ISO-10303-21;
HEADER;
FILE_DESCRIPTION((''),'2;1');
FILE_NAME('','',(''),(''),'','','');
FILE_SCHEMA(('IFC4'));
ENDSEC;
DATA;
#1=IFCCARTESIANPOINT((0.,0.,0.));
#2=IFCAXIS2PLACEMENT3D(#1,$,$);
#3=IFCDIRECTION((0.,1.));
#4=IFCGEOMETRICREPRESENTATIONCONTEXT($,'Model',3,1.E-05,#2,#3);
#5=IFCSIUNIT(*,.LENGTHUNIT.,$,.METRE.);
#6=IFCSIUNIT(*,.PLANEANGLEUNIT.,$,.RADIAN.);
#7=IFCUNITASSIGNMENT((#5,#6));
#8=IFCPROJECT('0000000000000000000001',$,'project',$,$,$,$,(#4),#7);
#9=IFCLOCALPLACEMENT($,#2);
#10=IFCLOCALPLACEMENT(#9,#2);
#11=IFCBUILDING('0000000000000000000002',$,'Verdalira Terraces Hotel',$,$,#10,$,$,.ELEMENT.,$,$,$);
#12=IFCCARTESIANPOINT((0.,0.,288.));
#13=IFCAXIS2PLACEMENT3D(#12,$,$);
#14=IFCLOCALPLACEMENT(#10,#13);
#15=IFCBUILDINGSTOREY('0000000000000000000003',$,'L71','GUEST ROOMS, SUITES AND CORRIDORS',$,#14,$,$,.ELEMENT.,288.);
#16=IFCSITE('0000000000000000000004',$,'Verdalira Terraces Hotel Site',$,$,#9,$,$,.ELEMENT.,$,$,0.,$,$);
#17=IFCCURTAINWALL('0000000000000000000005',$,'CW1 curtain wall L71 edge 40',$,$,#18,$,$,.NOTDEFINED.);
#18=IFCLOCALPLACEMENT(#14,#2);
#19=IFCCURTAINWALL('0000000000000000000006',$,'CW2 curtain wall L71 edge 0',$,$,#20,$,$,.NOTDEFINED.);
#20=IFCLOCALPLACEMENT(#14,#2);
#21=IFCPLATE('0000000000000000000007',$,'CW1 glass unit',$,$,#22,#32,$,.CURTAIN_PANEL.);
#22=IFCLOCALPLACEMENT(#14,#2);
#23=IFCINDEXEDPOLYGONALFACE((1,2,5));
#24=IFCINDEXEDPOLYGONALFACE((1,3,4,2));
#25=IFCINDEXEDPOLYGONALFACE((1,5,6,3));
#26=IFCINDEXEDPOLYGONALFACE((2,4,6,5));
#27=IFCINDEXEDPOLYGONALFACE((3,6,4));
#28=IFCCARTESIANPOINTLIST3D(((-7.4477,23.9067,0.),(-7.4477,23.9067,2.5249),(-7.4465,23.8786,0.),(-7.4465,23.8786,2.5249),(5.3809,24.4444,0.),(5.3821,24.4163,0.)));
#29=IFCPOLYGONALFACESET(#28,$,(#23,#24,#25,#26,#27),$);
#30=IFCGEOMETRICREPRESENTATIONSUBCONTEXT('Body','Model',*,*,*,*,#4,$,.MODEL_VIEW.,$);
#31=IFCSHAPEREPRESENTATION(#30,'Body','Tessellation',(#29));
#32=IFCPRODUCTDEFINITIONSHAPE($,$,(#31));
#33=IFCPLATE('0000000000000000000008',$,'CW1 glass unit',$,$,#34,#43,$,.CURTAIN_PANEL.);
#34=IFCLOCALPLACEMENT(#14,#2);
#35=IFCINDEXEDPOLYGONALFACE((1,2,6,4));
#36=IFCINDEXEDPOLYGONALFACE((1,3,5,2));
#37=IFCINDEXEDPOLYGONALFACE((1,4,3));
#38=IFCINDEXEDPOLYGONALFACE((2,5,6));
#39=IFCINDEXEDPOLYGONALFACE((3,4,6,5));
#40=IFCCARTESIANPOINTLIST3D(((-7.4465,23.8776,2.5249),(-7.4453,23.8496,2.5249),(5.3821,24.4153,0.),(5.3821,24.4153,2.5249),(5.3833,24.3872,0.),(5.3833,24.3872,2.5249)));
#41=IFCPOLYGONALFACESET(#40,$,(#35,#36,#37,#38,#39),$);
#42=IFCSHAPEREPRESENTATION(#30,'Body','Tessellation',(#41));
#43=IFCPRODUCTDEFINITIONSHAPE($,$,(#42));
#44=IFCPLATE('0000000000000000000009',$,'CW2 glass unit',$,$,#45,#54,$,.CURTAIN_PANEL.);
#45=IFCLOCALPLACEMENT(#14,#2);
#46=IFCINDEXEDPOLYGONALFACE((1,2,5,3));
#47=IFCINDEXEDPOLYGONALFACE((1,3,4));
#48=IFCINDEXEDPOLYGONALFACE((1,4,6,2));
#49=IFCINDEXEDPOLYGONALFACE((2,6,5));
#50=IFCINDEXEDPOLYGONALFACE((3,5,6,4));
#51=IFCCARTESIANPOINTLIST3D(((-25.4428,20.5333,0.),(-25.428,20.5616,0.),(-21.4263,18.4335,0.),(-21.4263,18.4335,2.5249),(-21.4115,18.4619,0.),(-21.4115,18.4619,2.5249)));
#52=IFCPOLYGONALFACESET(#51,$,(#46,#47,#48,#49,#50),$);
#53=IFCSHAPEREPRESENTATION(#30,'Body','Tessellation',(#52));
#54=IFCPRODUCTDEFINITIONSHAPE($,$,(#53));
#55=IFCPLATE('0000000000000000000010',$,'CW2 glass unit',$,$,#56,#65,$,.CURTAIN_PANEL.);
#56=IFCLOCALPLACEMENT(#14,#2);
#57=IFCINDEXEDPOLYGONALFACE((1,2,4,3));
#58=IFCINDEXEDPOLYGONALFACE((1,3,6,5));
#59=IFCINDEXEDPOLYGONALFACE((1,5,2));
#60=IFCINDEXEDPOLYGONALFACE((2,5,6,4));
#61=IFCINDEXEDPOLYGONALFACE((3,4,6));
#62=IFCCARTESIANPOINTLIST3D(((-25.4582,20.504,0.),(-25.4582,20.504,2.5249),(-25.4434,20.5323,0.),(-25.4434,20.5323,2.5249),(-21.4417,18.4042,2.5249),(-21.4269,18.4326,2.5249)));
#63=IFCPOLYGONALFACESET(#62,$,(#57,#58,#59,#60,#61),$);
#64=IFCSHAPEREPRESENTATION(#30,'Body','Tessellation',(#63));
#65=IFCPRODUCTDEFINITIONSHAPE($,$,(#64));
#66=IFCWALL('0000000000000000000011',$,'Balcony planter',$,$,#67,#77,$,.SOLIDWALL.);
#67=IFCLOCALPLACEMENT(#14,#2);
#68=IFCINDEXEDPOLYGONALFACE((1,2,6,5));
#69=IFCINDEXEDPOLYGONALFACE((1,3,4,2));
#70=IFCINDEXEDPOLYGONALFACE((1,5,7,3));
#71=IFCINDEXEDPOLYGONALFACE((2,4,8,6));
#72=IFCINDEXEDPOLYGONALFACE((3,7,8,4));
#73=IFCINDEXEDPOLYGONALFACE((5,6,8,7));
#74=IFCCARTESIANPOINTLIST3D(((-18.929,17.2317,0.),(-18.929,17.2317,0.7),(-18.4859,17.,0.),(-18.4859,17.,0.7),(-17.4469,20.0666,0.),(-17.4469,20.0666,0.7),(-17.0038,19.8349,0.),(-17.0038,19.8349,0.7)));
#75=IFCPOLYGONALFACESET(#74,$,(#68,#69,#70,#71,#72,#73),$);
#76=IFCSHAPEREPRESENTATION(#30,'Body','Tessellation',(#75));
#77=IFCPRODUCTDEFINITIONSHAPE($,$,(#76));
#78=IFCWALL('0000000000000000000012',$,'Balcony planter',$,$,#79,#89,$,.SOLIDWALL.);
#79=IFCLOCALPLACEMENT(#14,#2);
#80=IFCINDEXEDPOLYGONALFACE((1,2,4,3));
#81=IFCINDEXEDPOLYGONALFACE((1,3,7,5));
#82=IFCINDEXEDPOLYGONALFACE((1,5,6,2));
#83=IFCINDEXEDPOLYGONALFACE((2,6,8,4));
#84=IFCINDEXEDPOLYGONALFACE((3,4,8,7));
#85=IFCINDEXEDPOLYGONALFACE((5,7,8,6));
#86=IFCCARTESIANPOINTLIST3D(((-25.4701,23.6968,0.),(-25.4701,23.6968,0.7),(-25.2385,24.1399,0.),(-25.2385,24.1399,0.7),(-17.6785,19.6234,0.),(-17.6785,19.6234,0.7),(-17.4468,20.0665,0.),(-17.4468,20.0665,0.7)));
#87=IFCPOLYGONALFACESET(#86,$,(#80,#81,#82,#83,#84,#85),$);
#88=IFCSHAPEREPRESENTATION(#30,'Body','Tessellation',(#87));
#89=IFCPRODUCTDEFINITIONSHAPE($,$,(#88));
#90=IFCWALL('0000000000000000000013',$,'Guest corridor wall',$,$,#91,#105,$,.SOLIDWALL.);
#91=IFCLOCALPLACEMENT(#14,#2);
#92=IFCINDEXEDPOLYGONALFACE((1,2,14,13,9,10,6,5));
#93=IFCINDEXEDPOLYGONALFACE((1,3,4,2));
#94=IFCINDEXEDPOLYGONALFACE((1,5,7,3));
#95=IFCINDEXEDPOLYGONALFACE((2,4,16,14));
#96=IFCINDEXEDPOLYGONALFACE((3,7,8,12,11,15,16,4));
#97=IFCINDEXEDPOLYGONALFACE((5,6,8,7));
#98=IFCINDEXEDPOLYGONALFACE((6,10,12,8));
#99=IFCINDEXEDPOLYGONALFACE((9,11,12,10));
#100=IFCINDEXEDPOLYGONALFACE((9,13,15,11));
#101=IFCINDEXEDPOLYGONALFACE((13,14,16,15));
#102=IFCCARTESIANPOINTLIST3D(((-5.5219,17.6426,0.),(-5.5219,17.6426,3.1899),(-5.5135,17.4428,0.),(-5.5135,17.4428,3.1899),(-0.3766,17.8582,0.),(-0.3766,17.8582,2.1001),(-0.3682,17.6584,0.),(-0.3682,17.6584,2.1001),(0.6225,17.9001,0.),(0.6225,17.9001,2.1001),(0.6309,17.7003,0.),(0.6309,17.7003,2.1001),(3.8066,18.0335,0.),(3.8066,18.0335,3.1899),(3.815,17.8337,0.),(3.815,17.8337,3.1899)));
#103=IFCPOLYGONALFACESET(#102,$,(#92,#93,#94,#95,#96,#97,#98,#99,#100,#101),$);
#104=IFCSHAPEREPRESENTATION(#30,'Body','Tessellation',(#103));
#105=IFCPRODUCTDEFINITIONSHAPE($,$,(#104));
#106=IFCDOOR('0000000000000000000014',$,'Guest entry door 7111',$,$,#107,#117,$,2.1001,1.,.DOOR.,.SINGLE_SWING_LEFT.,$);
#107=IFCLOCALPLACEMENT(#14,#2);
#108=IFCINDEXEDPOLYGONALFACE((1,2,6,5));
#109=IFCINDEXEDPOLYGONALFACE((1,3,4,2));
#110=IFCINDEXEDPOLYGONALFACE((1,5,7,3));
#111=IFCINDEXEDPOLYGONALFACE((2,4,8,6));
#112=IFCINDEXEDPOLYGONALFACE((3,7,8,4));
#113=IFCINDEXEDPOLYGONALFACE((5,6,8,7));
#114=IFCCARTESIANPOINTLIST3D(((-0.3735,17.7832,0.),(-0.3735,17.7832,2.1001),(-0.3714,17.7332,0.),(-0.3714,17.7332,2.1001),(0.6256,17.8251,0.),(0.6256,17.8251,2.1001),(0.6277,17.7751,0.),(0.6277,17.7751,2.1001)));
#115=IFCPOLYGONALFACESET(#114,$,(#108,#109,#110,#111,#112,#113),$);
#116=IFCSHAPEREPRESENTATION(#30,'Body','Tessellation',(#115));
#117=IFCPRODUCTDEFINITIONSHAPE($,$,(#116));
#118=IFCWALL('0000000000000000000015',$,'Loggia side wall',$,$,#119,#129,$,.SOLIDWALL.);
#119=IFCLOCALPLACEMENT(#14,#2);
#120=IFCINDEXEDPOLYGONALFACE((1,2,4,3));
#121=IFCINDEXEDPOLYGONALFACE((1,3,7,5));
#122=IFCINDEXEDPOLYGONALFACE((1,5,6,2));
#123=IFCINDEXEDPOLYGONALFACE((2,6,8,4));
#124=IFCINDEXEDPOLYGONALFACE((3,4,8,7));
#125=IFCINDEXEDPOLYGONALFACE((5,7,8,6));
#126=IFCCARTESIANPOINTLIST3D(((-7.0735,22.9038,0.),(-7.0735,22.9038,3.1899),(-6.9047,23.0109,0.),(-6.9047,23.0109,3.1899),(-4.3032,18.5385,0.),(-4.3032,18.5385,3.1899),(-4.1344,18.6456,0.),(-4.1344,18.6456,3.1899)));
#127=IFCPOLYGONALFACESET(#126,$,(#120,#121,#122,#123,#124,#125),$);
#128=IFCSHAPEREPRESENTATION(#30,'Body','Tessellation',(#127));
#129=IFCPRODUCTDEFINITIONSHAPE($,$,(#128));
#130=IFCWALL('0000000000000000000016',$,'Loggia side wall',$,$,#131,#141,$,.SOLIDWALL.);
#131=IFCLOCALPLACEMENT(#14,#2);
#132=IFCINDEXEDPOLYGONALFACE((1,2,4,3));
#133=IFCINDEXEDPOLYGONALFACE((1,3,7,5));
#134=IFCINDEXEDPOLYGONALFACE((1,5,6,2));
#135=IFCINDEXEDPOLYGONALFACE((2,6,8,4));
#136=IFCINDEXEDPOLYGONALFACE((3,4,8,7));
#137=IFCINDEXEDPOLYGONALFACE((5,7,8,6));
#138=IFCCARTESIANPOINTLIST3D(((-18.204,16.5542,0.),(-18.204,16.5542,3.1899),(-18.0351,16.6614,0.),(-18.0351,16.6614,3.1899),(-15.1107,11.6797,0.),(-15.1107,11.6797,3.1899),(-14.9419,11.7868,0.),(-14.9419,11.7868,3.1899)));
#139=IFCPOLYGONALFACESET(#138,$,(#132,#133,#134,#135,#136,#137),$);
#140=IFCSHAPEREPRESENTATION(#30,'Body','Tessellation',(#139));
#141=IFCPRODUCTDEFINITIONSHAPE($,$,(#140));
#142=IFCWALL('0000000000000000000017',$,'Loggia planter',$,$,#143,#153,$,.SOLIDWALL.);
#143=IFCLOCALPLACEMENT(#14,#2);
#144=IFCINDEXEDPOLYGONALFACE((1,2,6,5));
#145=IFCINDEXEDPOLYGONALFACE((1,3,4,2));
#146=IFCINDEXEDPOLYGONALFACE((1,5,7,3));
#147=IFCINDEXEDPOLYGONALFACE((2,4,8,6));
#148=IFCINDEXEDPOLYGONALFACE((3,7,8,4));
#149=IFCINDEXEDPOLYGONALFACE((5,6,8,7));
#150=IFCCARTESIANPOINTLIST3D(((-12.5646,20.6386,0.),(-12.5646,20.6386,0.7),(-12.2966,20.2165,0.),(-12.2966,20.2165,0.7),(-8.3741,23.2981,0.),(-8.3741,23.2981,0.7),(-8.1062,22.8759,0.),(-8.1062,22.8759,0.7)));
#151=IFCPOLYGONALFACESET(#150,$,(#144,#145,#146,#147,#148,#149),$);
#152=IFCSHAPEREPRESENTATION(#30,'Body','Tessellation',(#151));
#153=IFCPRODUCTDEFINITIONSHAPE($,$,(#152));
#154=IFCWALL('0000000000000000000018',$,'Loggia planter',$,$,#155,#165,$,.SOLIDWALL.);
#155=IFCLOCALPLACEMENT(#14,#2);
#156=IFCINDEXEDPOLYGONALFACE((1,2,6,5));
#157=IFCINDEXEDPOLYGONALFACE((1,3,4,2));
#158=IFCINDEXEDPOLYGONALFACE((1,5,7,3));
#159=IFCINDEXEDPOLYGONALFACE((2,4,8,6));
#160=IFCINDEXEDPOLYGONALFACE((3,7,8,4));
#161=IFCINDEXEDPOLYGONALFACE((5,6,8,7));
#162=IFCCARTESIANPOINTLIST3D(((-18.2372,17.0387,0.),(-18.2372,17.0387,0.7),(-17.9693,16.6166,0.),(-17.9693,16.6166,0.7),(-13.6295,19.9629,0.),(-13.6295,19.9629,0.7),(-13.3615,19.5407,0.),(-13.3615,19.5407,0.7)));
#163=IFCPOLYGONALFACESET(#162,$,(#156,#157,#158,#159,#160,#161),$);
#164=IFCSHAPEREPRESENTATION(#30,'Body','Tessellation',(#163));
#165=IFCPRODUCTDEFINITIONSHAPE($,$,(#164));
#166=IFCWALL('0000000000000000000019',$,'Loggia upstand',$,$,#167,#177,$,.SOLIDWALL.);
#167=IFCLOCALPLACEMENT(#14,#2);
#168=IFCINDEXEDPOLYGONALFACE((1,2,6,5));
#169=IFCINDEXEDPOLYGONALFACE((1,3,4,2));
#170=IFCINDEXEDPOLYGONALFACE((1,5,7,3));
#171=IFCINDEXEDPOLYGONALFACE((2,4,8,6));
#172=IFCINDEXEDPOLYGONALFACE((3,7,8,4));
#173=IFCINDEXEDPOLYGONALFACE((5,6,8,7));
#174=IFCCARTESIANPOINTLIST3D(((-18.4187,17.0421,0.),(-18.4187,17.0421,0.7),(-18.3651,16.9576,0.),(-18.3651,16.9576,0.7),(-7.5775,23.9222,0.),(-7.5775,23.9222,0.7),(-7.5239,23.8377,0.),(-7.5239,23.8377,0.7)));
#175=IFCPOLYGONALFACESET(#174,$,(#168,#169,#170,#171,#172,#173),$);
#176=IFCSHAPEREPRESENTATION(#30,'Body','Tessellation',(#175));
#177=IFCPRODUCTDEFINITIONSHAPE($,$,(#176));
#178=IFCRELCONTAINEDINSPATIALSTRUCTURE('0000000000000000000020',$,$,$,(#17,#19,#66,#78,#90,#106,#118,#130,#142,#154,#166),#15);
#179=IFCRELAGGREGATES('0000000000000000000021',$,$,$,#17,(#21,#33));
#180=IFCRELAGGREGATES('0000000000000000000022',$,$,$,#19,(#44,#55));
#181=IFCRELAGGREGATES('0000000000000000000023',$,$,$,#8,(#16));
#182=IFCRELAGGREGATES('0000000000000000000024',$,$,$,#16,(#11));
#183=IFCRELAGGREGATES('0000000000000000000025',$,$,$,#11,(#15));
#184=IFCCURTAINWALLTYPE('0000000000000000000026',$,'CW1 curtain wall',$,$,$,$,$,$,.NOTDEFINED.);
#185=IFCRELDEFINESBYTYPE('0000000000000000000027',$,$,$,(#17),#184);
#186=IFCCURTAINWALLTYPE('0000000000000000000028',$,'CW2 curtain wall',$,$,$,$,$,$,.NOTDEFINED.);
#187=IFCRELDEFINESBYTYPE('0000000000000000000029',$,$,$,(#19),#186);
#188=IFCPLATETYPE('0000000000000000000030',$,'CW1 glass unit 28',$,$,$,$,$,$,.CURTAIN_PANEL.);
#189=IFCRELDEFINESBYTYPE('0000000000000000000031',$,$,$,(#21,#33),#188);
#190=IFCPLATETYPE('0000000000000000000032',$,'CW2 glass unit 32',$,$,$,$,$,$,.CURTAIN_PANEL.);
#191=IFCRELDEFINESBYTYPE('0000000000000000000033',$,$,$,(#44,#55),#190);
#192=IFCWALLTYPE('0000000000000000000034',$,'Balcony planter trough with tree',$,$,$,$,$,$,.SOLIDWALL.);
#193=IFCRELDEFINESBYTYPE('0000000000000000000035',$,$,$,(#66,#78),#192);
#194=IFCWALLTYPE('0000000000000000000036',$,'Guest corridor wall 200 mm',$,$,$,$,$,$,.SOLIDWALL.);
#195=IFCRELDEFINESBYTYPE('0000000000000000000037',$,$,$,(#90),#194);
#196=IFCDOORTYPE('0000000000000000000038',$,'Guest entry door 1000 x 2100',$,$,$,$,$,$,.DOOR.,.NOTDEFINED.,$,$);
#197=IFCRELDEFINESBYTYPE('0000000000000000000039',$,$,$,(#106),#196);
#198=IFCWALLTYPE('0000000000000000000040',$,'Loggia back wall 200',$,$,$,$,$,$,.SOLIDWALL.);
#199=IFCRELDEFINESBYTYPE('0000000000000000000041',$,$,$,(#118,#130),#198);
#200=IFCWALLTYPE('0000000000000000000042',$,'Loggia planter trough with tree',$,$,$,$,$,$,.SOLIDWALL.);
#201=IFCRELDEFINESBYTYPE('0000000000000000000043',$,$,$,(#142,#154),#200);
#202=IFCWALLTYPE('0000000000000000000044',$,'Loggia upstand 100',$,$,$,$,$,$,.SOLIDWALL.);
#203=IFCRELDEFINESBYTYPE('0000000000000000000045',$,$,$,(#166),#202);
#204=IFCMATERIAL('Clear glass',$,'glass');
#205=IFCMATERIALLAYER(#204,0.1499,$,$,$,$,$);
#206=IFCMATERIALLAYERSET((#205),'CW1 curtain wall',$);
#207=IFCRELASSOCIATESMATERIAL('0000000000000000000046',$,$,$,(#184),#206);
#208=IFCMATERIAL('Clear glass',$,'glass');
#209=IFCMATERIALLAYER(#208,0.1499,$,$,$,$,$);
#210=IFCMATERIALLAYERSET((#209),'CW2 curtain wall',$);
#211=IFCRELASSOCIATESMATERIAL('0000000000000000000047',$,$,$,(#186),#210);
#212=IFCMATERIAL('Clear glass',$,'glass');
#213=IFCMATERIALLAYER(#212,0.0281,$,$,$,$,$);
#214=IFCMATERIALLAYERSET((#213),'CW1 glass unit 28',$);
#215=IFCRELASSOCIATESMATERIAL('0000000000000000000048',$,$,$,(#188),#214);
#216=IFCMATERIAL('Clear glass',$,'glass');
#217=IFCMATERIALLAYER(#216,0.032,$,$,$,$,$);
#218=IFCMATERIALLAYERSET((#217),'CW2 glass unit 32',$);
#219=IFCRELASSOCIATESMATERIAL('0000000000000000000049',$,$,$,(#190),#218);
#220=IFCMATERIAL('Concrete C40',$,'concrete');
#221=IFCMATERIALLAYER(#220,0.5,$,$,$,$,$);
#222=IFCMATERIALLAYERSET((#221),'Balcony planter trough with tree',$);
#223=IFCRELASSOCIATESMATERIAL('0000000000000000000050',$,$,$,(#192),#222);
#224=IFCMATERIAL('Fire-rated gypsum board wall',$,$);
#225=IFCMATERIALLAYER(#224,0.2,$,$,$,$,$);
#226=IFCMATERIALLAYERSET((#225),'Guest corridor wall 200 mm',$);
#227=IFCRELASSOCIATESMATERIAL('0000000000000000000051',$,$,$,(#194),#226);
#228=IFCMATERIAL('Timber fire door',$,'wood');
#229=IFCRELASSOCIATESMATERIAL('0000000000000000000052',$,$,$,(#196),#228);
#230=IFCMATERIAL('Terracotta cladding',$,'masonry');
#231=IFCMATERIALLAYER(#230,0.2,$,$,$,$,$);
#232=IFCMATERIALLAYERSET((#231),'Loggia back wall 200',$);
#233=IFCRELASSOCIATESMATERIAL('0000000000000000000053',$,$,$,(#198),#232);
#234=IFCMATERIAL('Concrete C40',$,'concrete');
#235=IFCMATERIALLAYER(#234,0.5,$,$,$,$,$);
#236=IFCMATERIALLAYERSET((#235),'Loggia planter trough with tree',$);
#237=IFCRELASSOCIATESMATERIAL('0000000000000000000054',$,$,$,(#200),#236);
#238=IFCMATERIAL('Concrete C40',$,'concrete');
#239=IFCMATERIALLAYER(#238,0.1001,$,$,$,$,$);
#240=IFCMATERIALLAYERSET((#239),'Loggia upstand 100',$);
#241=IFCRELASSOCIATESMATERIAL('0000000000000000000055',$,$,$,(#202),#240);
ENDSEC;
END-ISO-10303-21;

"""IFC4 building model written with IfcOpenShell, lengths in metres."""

from ifc_helpers import new_model, si_unit, direction, frame, frame_2d, origin, place, context, subcontext, project, spatial, polyline, rectangle, outline, extrude, material, layer, layer_set, type_object, element, fill, aggregate, save


model = new_model("IFC4")

# Units and contexts
model_context = context("Model", 3, precision=1e-05, world=origin(), true_north=direction((0.0, 1.0)))
body_context = subcontext(model_context, "Body", "Model", "MODEL_VIEW")
ifc_project = project(units=[si_unit("LENGTHUNIT", "METRE"), si_unit("PLANEANGLEUNIT", "RADIAN")], contexts=[model_context])

# Site, building, storey
site_placement = place(None, origin())
site = spatial("IfcSite", under=ifc_project, at=site_placement, Name="Verdalira Terraces Hotel Site", CompositionType="ELEMENT", RefElevation=0.0)
building_placement = place(site_placement, origin())
building = spatial("IfcBuilding", under=site, at=building_placement, Name="Verdalira Terraces Hotel", CompositionType="ELEMENT")
storey_placement = place(building_placement, frame((0.0, 0.0, 288.0)))
storey = spatial("IfcBuildingStorey", under=building, at=storey_placement, Name="L71", Description="GUEST ROOMS, SUITES AND CORRIDORS", CompositionType="ELEMENT", Elevation=288.0)

# Curtain wall
ifc_material_1 = material(Name="Clear glass", Category="glass")
ifc_layer_1 = layer(ifc_material_1, 0.1499)
ifc_layer_set_1 = layer_set([ifc_layer_1], Name="CW1 curtain wall")
curtain_wall_type_1 = type_object("IfcCurtainWallType", Name="CW1 curtain wall", PredefinedType="NOTDEFINED", material=ifc_layer_set_1)
curtain_wall_1_placement = place(storey_placement, origin())
curtain_wall_1 = element("IfcCurtainWall", 1, at=curtain_wall_1_placement, inside=storey, type_object=curtain_wall_type_1, Name="CW1 curtain wall L71 edge 40", PredefinedType="NOTDEFINED")

# Curtain wall
ifc_material_2 = material(Name="Clear glass", Category="glass")
ifc_layer_2 = layer(ifc_material_2, 0.1499)
ifc_layer_set_2 = layer_set([ifc_layer_2], Name="CW2 curtain wall")
curtain_wall_type_2 = type_object("IfcCurtainWallType", Name="CW2 curtain wall", PredefinedType="NOTDEFINED", material=ifc_layer_set_2)
curtain_wall_2_placement = place(storey_placement, origin())
curtain_wall_2 = element("IfcCurtainWall", 2, at=curtain_wall_2_placement, inside=storey, type_object=curtain_wall_type_2, Name="CW2 curtain wall L71 edge 0", PredefinedType="NOTDEFINED")

# Plates
ifc_material_3 = material(Name="Clear glass", Category="glass")
ifc_layer_3 = layer(ifc_material_3, 0.0281)
ifc_layer_set_3 = layer_set([ifc_layer_3], Name="CW1 glass unit 28")
plate_type_1 = type_object("IfcPlateType", Name="CW1 glass unit 28", PredefinedType="CURTAIN_PANEL", material=ifc_layer_set_3)
plate_1_placement = place(storey_placement, frame((-1.0322, 24.1475, 1.2625), z_axis=(-0.041876, 0.999123, 0.0), x_axis=(-0.999123, -0.041876, 0.0)))
plate_1 = element("IfcPlate", 3, at=plate_1_placement, type_object=plate_type_1, Name="CW1 glass unit", PredefinedType="CURTAIN_PANEL", context=body_context, shape_type="SweptSolid", body=[
    extrude(outline(polyline([(-6.4199, -1.2625), (6.4199, -1.2625), (6.4199, 1.2625), (-6.4199, -1.2625)])), origin(), (0.0, 0.0, 1.0), 0.0281),
])
plate_2_placement = place(storey_placement, frame((-1.031, 24.1184, 1.2625), z_axis=(-0.041876, 0.999123, 0.0), x_axis=(-0.999123, -0.041876, 0.0)))
plate_2 = element("IfcPlate", 4, at=plate_2_placement, type_object=plate_type_1, Name="CW1 glass unit", PredefinedType="CURTAIN_PANEL", context=body_context, shape_type="SweptSolid", body=[
    extrude(outline(polyline([(-6.4199, -1.2625), (6.4199, 1.2625), (-6.4199, 1.2625), (-6.4199, -1.2625)])), origin(), (0.0, 0.0, 1.0), 0.0281),
])
aggregate(curtain_wall_1, [plate_1, plate_2])
ifc_material_4 = material(Name="Clear glass", Category="glass")
ifc_layer_4 = layer(ifc_material_4, 0.032)
ifc_layer_set_4 = layer_set([ifc_layer_4], Name="CW2 glass unit 32")
plate_type_2 = type_object("IfcPlateType", Name="CW2 glass unit 32", PredefinedType="CURTAIN_PANEL", material=ifc_layer_set_4)
plate_3_placement = place(storey_placement, frame((-23.4346, 19.4834, 1.2625), z_axis=(0.463296, 0.886204, 0.0), x_axis=(-0.886204, 0.463296, 0.0)))
plate_3 = element("IfcPlate", 5, at=plate_3_placement, type_object=plate_type_2, Name="CW2 glass unit", PredefinedType="CURTAIN_PANEL", context=body_context, shape_type="SweptSolid", body=[
    extrude(outline(polyline([(-2.2661, -1.2625), (2.2661, -1.2625), (-2.2661, 1.2625), (-2.2661, -1.2625)])), origin(), (0.0, 0.0, 1.0), 0.032),
])
plate_4_placement = place(storey_placement, frame((-23.45, 19.4541, 1.2625), z_axis=(0.463296, 0.886204, 0.0), x_axis=(-0.886204, 0.463296, 0.0)))
plate_4 = element("IfcPlate", 6, at=plate_4_placement, type_object=plate_type_2, Name="CW2 glass unit", PredefinedType="CURTAIN_PANEL", context=body_context, shape_type="SweptSolid", body=[
    extrude(outline(polyline([(2.2661, -1.2625), (2.2661, 1.2625), (-2.2661, 1.2625), (2.2661, -1.2625)])), origin(), (0.0, 0.0, 1.0), 0.032),
])
aggregate(curtain_wall_2, [plate_3, plate_4])

# Walls
ifc_material_5 = material(Name="Concrete C40", Category="concrete")
ifc_layer_5 = layer(ifc_material_5, 0.5)
ifc_layer_set_5 = layer_set([ifc_layer_5], Name="Balcony planter trough with tree")
wall_type_1 = type_object("IfcWallType", Name="Balcony planter trough with tree", PredefinedType="SOLIDWALL", material=ifc_layer_set_5)
wall_1_placement = place(storey_placement, frame((-18.7075, 17.1157, 0.0), z_axis=(0.0, 0.0, 1.0), x_axis=(0.46332, 0.886191, 0.0)))
element("IfcWall", 7, at=wall_1_placement, inside=storey, type_object=wall_type_1, Name="Balcony planter", PredefinedType="SOLIDWALL", context=body_context, shape_type="SweptSolid", body=[
    extrude(rectangle(XDim=3.199, YDim=0.5, at=frame_2d((1.5996, 0.0))), origin(), (0.0, 0.0, 1.0), 0.7),
])
wall_2_placement = place(storey_placement, frame((-17.5627, 19.845, 0.0), z_axis=(0.0, 0.0, 1.0), x_axis=(-0.886201, 0.463301, 0.0)))
element("IfcWall", 8, at=wall_2_placement, inside=storey, type_object=wall_type_1, Name="Balcony planter", PredefinedType="SOLIDWALL", context=body_context, shape_type="SweptSolid", body=[
    extrude(rectangle(XDim=8.7922, YDim=0.5, at=frame_2d((4.396, 0.0))), origin(), (0.0, 0.0, 1.0), 0.7),
])

# Wall, opening, door
ifc_material_6 = material(Name="Fire-rated gypsum board wall")
ifc_layer_6 = layer(ifc_material_6, 0.2)
ifc_layer_set_6 = layer_set([ifc_layer_6], Name="Guest corridor wall 200 mm")
wall_type_2 = type_object("IfcWallType", Name="Guest corridor wall 200 mm", PredefinedType="SOLIDWALL", material=ifc_layer_set_6)
wall_3_placement = place(storey_placement, frame((-5.5178, 17.5427, 0.0), z_axis=(0.0, 0.0, 1.0), x_axis=(0.999123, 0.041864, 0.0)))
wall_3 = element("IfcWall", 9, at=wall_3_placement, inside=storey, type_object=wall_type_2, Name="Guest corridor wall", PredefinedType="SOLIDWALL", context=body_context, shape_type="SweptSolid", body=[
    extrude(rectangle(XDim=9.3367, YDim=0.2, at=frame_2d((4.6685, 0.0))), origin(), (0.0, 0.0, 1.0), 3.1899),
])
opening_1_placement = place(wall_3_placement, frame((5.1499, 0.0, 0.0)))
opening_1 = element("IfcOpeningElement", 10, at=opening_1_placement, cuts=wall_3, PredefinedType="OPENING", context=body_context, shape_type="SweptSolid", body=[
    extrude(rectangle(XDim=1.0, YDim=2.1001, at=frame_2d((0.5, 1.05))), frame((0.0, 0.1099, 0.0), z_axis=(0.0, -1.0, 0.0), x_axis=(1.0, 0.0, 0.0)), (0.0, 0.0, 1.0), 0.22),
])
ifc_material_7 = material(Name="Timber fire door", Category="wood")
door_type_1 = type_object("IfcDoorType", Name="Guest entry door 1000 x 2100", OperationType="NOTDEFINED", PredefinedType="DOOR", material=ifc_material_7)
door_1_placement = place(opening_1_placement, origin())
door_1 = element("IfcDoor", 11, at=door_1_placement, inside=storey, type_object=door_type_1, Name="Guest entry door 7111", OperationType="SINGLE_SWING_LEFT", OverallHeight=2.1001, OverallWidth=1.0, PredefinedType="DOOR", context=body_context, shape_type="SweptSolid", body=[
    extrude(rectangle(XDim=1.0, YDim=2.1001, at=frame_2d((0.5, 1.05))), frame((0.0, 0.0249, 0.0), z_axis=(0.0, -1.0, 0.0), x_axis=(1.0, 0.0, 0.0)), (0.0, 0.0, 1.0), 0.05),
])
fill(opening_1, door_1)

# Walls
ifc_material_8 = material(Name="Terracotta cladding", Category="masonry")
ifc_layer_7 = layer(ifc_material_8, 0.2)
ifc_layer_set_7 = layer_set([ifc_layer_7], Name="Loggia back wall 200")
wall_type_3 = type_object("IfcWallType", Name="Loggia back wall 200", PredefinedType="SOLIDWALL", material=ifc_layer_set_7)
wall_4_placement = place(storey_placement, frame((-6.989, 22.9573, 0.0), z_axis=(0.0, 0.0, 1.0), x_axis=(0.535827, -0.844328, 0.0)))
element("IfcWall", 12, at=wall_4_placement, inside=storey, type_object=wall_type_3, Name="Loggia side wall", PredefinedType="SOLIDWALL", context=body_context, shape_type="SweptSolid", body=[
    extrude(rectangle(XDim=5.1702, YDim=0.2, at=frame_2d((2.585, 0.0))), origin(), (0.0, 0.0, 1.0), 3.1899),
])
wall_5_placement = place(storey_placement, frame((-18.1196, 16.6079, 0.0), z_axis=(0.0, 0.0, 1.0), x_axis=(0.535802, -0.844343, 0.0)))
element("IfcWall", 13, at=wall_5_placement, inside=storey, type_object=wall_type_3, Name="Loggia side wall", PredefinedType="SOLIDWALL", context=body_context, shape_type="SweptSolid", body=[
    extrude(rectangle(XDim=5.7732, YDim=0.2, at=frame_2d((2.8867, 0.0))), origin(), (0.0, 0.0, 1.0), 3.1899),
])
ifc_material_9 = material(Name="Concrete C40", Category="concrete")
ifc_layer_8 = layer(ifc_material_9, 0.5)
ifc_layer_set_8 = layer_set([ifc_layer_8], Name="Loggia planter trough with tree")
wall_type_4 = type_object("IfcWallType", Name="Loggia planter trough with tree", PredefinedType="SOLIDWALL", material=ifc_layer_set_8)
wall_6_placement = place(storey_placement, frame((-8.2402, 23.0869, 0.0), z_axis=(0.0, 0.0, 1.0), x_axis=(-0.844319, -0.535841, 0.0)))
element("IfcWall", 14, at=wall_6_placement, inside=storey, type_object=wall_type_4, Name="Loggia planter", PredefinedType="SOLIDWALL", context=body_context, shape_type="SweptSolid", body=[
    extrude(rectangle(XDim=4.9631, YDim=0.5, at=frame_2d((2.4814, 0.0))), origin(), (0.0, 0.0, 1.0), 0.7),
])
wall_7_placement = place(storey_placement, frame((-13.4956, 19.7517, 0.0), z_axis=(0.0, 0.0, 1.0), x_axis=(-0.844331, -0.535821, 0.0)))
element("IfcWall", 15, at=wall_7_placement, inside=storey, type_object=wall_type_4, Name="Loggia planter", PredefinedType="SOLIDWALL", context=body_context, shape_type="SweptSolid", body=[
    extrude(rectangle(XDim=5.4573, YDim=0.5, at=frame_2d((2.7285, 0.0))), origin(), (0.0, 0.0, 1.0), 0.7),
])
ifc_material_10 = material(Name="Concrete C40", Category="concrete")
ifc_layer_9 = layer(ifc_material_10, 0.1001)
ifc_layer_set_9 = layer_set([ifc_layer_9], Name="Loggia upstand 100")
wall_type_5 = type_object("IfcWallType", Name="Loggia upstand 100", PredefinedType="SOLIDWALL", material=ifc_layer_set_9)
wall_8_placement = place(storey_placement, frame((-7.5508, 23.8799, 0.0), z_axis=(0.0, 0.0, 1.0), x_axis=(-0.844327, -0.535828, 0.0)))
element("IfcWall", 16, at=wall_8_placement, inside=storey, type_object=wall_type_5, Name="Loggia upstand", PredefinedType="SOLIDWALL", context=body_context, shape_type="SweptSolid", body=[
    extrude(rectangle(XDim=12.8401, YDim=0.1001, at=frame_2d((6.4199, 0.0))), origin(), (0.0, 0.0, 1.0), 0.7),
])

save(model, "model.ifc")
